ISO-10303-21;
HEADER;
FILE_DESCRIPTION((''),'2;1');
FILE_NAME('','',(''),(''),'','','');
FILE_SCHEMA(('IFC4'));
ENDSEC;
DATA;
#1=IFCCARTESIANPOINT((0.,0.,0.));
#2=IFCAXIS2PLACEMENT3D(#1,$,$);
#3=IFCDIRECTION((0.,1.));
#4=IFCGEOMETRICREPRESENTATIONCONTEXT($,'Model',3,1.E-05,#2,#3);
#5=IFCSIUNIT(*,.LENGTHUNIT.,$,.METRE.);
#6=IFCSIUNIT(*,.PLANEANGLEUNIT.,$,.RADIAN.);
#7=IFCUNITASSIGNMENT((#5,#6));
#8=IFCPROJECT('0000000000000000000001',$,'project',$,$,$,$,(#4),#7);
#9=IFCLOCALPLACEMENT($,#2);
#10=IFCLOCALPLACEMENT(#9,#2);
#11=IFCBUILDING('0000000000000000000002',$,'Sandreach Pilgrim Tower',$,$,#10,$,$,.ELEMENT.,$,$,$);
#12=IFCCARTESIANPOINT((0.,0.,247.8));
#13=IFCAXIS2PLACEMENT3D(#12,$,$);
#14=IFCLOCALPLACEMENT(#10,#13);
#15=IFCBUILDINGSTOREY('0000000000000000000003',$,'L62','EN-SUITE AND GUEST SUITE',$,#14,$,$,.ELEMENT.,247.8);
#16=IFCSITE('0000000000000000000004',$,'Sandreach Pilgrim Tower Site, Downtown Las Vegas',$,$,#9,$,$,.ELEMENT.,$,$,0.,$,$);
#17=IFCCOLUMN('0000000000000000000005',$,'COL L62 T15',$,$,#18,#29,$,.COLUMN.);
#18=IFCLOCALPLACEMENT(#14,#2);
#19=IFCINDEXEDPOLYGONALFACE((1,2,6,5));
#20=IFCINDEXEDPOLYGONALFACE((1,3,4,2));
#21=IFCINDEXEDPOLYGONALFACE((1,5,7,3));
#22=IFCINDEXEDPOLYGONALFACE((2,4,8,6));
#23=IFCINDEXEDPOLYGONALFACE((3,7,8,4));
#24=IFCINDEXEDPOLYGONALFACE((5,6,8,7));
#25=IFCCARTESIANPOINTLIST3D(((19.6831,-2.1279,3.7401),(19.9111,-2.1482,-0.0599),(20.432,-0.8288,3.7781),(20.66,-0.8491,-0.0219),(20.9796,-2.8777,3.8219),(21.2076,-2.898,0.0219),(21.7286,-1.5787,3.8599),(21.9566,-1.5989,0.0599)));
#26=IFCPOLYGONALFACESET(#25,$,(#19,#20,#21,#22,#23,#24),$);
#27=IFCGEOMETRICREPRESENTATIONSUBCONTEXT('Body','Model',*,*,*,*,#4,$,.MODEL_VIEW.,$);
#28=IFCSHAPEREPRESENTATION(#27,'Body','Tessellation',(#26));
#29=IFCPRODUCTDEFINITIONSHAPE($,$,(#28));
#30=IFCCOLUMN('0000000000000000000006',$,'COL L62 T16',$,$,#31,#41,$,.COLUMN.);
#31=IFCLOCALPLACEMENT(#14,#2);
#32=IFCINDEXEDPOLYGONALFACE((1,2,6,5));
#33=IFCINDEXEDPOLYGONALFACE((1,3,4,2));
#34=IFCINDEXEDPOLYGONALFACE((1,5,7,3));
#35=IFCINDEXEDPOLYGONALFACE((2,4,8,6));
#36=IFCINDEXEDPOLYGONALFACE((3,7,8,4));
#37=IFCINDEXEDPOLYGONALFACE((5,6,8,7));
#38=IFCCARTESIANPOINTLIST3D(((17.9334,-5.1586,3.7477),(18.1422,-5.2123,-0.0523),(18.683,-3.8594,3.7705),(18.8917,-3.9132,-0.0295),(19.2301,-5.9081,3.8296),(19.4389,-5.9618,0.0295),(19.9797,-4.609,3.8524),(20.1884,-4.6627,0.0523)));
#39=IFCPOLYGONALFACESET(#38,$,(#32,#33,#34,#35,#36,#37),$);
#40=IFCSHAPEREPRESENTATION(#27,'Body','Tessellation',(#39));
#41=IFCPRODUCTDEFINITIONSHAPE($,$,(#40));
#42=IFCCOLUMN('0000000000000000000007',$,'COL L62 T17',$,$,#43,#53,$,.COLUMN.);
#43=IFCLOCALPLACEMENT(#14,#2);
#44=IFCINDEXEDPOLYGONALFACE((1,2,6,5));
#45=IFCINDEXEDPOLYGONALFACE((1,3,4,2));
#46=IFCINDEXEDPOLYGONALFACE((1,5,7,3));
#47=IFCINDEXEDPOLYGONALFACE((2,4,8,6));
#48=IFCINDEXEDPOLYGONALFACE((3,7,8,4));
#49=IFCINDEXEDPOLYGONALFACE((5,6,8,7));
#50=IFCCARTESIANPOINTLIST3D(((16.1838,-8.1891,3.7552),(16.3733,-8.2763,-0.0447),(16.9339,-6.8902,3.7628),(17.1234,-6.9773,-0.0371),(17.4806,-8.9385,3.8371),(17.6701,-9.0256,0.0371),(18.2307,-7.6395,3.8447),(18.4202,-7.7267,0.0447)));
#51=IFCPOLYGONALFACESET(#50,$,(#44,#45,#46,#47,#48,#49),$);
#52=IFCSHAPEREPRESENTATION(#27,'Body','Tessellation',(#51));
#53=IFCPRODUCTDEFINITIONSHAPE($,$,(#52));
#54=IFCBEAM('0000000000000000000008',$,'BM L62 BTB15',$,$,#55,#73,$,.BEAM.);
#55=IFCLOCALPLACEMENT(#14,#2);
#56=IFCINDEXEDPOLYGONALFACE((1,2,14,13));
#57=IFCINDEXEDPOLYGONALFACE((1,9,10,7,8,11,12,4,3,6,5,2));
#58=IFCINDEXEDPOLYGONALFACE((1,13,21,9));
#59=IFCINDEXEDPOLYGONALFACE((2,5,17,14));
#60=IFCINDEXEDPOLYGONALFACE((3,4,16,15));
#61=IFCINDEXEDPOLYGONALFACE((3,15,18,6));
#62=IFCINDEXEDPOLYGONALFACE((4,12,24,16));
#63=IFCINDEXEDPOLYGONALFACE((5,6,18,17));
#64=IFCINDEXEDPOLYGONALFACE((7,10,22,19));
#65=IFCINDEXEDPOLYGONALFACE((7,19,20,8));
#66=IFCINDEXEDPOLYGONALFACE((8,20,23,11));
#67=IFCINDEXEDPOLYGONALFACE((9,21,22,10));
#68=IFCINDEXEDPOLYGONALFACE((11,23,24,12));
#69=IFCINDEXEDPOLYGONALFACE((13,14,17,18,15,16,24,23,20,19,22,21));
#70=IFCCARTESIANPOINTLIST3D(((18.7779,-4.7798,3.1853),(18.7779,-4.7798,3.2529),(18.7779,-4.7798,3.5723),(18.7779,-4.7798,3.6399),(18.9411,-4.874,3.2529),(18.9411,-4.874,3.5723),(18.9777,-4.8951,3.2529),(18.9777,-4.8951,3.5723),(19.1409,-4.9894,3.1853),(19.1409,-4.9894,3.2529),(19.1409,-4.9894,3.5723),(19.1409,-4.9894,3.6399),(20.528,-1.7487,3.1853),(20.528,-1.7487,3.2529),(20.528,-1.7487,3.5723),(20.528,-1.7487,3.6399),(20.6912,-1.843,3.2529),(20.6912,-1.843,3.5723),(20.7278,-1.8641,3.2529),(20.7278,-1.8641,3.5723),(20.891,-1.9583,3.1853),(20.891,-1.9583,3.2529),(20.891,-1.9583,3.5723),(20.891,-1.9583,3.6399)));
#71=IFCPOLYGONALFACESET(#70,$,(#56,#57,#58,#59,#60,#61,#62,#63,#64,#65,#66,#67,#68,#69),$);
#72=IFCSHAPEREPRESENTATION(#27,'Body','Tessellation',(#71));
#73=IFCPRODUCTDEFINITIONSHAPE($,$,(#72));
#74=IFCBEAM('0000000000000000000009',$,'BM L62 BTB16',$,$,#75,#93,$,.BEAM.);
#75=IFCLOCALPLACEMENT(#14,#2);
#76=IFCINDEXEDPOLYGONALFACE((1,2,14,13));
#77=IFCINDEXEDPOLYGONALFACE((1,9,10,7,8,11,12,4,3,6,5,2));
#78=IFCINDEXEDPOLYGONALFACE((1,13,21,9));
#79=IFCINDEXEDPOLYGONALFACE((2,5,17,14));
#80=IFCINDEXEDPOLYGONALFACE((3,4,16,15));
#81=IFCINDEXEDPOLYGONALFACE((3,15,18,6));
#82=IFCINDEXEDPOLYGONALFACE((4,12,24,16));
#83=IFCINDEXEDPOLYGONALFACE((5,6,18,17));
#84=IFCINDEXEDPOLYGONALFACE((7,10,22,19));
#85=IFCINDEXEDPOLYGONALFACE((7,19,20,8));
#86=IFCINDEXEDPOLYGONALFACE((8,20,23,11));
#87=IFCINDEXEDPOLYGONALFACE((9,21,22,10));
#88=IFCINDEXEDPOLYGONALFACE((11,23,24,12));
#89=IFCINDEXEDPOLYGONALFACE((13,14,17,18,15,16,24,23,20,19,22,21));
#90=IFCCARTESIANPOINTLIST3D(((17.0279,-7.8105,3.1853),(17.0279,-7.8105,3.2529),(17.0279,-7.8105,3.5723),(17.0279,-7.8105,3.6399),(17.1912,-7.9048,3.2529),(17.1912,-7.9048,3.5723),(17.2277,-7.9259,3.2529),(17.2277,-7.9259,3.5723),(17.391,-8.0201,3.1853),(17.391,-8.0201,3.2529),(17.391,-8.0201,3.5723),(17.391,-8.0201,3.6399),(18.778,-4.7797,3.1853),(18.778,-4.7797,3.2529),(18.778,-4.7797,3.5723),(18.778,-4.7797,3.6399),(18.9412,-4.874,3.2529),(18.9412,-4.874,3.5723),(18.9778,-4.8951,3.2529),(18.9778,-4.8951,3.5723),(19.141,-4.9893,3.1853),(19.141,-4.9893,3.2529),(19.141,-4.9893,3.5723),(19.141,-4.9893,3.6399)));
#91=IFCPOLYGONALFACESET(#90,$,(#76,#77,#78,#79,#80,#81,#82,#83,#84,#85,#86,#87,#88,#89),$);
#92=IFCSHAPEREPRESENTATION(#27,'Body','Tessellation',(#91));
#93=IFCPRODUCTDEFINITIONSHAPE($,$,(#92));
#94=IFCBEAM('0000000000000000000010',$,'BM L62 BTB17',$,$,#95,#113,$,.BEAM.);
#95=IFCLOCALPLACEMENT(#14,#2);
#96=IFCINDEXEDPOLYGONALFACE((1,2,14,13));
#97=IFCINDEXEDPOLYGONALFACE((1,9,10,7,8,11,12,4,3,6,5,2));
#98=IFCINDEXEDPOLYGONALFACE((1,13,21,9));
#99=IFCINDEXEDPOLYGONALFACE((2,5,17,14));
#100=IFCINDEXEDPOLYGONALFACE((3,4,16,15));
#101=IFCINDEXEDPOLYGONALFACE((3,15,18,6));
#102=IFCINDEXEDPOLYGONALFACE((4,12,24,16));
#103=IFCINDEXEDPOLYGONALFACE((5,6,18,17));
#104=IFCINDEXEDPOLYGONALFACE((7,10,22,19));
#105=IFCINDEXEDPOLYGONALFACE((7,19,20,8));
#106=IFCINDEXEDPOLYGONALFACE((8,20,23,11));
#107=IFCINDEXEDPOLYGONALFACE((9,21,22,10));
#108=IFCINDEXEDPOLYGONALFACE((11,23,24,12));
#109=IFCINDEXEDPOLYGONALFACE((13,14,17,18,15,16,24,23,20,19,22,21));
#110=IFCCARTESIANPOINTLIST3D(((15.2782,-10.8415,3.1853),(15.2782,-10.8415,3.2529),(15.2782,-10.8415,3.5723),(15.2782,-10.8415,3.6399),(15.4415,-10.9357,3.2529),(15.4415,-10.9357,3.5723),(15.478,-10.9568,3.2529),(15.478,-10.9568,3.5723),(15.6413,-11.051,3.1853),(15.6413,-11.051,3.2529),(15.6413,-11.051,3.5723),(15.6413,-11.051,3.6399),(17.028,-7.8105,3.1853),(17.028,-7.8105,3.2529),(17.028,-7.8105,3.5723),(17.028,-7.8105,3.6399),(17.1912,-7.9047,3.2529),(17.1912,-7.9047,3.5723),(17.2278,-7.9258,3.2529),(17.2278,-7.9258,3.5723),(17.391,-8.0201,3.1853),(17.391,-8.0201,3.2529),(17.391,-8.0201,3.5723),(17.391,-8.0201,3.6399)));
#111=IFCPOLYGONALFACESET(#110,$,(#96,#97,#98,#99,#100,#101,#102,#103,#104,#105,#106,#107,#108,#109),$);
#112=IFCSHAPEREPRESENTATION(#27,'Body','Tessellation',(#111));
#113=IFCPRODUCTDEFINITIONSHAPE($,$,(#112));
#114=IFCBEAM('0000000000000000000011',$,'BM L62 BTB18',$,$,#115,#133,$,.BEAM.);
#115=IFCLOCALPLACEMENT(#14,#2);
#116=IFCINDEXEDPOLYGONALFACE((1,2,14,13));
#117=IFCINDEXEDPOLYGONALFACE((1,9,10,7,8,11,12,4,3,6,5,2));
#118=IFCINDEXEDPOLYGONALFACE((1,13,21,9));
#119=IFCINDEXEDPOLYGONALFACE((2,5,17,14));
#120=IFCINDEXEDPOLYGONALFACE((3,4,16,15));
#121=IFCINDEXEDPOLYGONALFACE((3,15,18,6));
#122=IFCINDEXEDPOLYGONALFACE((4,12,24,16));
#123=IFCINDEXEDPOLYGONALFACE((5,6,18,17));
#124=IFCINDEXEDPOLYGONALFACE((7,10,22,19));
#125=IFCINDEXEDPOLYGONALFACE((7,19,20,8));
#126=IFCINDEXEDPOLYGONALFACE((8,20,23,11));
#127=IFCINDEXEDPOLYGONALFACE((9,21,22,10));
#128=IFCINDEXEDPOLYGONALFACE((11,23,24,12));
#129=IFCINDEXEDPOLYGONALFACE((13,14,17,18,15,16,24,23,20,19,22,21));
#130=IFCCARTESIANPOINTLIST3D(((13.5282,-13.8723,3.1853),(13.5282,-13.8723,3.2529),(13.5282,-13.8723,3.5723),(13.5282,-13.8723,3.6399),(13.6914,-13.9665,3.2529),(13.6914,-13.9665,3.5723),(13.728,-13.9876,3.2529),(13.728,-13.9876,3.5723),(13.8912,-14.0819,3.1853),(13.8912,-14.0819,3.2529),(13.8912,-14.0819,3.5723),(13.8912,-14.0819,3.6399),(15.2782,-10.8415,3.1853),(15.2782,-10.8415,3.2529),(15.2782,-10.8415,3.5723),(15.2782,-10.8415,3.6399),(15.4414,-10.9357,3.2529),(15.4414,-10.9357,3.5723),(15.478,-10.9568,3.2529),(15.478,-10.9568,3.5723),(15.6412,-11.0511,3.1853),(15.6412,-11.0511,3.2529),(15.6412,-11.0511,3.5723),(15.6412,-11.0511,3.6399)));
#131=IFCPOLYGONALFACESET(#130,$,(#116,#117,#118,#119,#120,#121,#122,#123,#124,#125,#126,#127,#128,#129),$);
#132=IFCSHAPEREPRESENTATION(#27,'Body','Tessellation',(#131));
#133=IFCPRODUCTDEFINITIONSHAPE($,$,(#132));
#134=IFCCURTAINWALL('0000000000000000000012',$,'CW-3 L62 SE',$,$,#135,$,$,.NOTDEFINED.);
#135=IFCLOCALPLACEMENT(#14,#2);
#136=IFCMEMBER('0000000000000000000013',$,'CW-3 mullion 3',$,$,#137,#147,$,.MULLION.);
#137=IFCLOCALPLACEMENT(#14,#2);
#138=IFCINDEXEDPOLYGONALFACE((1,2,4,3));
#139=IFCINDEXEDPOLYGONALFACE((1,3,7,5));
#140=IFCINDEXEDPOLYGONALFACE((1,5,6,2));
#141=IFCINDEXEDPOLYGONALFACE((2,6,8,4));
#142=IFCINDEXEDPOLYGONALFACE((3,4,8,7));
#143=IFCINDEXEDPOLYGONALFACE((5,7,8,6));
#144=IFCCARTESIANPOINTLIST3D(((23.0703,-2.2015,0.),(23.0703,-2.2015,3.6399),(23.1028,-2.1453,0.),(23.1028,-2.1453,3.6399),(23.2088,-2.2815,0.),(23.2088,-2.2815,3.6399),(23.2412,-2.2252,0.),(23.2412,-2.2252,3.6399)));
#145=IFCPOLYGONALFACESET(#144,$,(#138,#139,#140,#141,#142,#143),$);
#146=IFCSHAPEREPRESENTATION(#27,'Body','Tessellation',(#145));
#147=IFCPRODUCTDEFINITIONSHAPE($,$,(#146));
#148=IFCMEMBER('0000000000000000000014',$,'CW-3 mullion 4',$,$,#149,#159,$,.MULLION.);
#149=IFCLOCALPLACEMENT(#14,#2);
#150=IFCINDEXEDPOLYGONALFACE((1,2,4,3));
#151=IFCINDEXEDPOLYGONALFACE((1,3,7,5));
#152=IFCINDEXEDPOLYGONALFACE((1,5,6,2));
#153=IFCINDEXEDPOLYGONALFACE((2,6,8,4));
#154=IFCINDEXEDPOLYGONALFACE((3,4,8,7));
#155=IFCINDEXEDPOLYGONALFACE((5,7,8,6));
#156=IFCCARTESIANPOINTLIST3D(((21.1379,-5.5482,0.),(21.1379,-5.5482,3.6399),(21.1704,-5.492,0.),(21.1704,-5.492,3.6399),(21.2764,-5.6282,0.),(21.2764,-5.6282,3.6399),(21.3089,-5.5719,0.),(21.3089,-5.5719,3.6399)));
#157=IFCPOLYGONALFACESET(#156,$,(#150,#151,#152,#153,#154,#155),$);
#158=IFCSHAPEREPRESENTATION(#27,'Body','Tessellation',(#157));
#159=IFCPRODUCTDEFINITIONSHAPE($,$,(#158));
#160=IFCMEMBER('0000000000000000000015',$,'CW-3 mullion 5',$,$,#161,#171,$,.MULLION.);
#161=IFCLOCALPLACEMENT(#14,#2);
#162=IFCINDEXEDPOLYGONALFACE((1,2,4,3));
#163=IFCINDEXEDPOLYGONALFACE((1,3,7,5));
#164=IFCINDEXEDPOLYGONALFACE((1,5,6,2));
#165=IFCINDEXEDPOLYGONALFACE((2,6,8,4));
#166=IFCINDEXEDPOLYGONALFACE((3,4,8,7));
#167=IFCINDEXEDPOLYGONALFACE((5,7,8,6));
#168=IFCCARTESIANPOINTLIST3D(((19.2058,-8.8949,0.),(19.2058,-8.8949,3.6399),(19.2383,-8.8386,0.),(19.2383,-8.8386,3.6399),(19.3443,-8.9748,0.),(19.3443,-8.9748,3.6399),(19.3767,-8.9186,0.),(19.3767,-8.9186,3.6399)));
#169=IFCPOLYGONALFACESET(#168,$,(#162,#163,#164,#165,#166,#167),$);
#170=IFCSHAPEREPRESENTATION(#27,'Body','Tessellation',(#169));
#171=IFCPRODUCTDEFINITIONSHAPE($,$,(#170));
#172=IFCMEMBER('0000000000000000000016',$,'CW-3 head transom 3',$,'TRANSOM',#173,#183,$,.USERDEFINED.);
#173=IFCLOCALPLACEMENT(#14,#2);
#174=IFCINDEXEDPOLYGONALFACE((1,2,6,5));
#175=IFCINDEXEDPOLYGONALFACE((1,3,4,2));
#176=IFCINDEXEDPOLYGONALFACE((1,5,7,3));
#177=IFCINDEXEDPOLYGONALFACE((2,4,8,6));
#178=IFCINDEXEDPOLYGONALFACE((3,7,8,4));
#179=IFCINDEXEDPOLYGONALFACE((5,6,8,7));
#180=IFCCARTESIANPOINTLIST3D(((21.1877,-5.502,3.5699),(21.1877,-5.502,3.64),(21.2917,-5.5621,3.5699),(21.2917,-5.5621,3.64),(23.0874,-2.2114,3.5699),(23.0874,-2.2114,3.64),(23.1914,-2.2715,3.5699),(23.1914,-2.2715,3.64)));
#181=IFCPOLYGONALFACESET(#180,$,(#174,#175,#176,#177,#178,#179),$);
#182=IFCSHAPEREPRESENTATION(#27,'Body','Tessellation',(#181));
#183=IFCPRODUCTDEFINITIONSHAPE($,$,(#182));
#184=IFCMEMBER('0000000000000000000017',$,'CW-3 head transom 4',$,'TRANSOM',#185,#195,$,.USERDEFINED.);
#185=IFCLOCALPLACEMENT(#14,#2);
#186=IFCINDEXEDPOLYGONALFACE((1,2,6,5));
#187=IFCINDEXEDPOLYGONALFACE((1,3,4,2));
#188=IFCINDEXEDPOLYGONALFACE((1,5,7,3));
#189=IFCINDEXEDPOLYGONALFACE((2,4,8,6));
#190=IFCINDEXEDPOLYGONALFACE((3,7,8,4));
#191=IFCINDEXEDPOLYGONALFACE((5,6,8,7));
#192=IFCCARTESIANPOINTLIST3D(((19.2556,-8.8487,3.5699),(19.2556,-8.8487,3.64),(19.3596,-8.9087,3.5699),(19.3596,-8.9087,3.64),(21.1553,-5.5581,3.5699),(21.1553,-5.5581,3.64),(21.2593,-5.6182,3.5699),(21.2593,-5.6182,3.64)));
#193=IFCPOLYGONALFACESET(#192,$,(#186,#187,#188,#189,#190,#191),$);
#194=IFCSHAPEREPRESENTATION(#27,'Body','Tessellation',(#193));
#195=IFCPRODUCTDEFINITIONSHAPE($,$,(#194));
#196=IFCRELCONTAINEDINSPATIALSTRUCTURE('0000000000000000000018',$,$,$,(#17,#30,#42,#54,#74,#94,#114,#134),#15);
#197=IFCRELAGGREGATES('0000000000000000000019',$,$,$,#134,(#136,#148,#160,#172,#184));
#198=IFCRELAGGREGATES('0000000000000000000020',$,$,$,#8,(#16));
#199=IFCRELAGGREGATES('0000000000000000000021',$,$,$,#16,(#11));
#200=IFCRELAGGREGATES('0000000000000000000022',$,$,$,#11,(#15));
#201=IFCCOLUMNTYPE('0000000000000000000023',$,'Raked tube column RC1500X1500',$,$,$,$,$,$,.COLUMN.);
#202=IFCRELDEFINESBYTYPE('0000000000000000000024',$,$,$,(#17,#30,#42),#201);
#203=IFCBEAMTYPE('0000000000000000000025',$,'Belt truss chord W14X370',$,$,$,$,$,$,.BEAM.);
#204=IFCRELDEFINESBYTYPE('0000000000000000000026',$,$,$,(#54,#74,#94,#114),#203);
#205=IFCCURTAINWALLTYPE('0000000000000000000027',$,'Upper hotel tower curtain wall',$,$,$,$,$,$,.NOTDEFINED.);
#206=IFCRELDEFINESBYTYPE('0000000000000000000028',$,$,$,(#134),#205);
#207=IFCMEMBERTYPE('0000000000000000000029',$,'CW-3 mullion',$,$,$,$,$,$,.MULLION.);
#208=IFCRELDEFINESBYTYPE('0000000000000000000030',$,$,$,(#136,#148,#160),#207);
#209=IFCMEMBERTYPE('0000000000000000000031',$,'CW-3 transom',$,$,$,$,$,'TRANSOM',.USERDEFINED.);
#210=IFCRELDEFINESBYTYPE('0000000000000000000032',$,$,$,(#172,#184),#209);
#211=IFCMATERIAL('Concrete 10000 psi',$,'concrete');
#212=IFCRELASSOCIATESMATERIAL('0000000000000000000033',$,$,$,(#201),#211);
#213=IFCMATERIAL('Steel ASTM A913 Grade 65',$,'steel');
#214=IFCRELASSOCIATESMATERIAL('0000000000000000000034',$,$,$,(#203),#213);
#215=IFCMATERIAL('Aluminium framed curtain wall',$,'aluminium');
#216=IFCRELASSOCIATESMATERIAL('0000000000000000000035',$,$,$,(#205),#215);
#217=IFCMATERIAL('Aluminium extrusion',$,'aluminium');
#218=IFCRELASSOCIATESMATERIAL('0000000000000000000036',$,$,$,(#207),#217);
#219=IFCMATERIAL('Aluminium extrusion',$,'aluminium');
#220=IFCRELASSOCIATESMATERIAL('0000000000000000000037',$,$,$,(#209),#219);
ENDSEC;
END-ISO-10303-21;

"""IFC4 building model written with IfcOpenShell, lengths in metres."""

from ifc_helpers import new_model, si_unit, direction, frame, origin, origin_2d, place, context, subcontext, project, spatial, rectangle, i_section, extrude, material, material_profile, profile_set, type_object, element, aggregate, save


model = new_model("IFC4")

# Units and contexts
model_context = context("Model", 3, precision=1e-05, world=origin(), true_north=direction((0.0, 1.0)))
body_context = subcontext(model_context, "Body", "Model", "MODEL_VIEW")
ifc_project = project(units=[si_unit("LENGTHUNIT", "METRE"), si_unit("PLANEANGLEUNIT", "RADIAN")], contexts=[model_context])

# Site, building, storey
site_placement = place(None, origin())
site = spatial("IfcSite", under=ifc_project, at=site_placement, Name="Sandreach Pilgrim Tower Site, Downtown Las Vegas", CompositionType="ELEMENT", RefElevation=0.0)
building_placement = place(site_placement, origin())
building = spatial("IfcBuilding", under=site, at=building_placement, Name="Sandreach Pilgrim Tower", CompositionType="ELEMENT")
storey_placement = place(building_placement, frame((0.0, 0.0, 247.8)))
storey = spatial("IfcBuildingStorey", under=building, at=storey_placement, Name="L62", Description="EN-SUITE AND GUEST SUITE", CompositionType="ELEMENT", Elevation=247.8)

# Columns
ifc_material_1 = material(Name="Concrete 10000 psi", Category="concrete")
ifc_material_profile_1 = material_profile(ifc_material_1, rectangle(XDim=1.5, YDim=1.5, at=origin_2d()), Name="RC1500X1500")
ifc_profile_set_1 = profile_set([ifc_material_profile_1], Name="Concrete 10000 psi")
column_type = type_object("IfcColumnType", Name="Raked tube column RC1500X1500", PredefinedType="COLUMN", material=ifc_profile_set_1)
column_1_placement = place(storey_placement, frame((20.9338, -1.8735, 0.0), z_axis=(-0.059898, 0.005323, 0.99819), x_axis=(0.864361, -0.499907, 0.054533)))
element("IfcColumn", 1, at=column_1_placement, inside=storey, type_object=column_type, Name="COL L62 T15", PredefinedType="COLUMN", context=body_context, shape_type="SweptSolid", body=[
    extrude(rectangle(XDim=1.5, YDim=1.5, at=origin_2d()), origin(), (0.0, 0.0, 1.0), 3.8069),
])
column_2_placement = place(storey_placement, frame((19.1653, -4.9375, 0.0), z_axis=(-0.054843, 0.014112, 0.998395), x_axis=(0.864468, -0.499719, 0.054549)))
element("IfcColumn", 2, at=column_2_placement, inside=storey, type_object=column_type, Name="COL L62 T16", PredefinedType="COLUMN", context=body_context, shape_type="SweptSolid", body=[
    extrude(rectangle(XDim=1.5, YDim=1.5, at=origin_2d()), origin(), (0.0, 0.0, 1.0), 3.8062),
])
column_3_placement = place(storey_placement, frame((17.3967, -8.0015, 0.0), z_axis=(-0.049781, 0.022902, 0.998498), x_axis=(0.86455, -0.499575, 0.054561)))
element("IfcColumn", 3, at=column_3_placement, inside=storey, type_object=column_type, Name="COL L62 T17", PredefinedType="COLUMN", context=body_context, shape_type="SweptSolid", body=[
    extrude(rectangle(XDim=1.5, YDim=1.5, at=origin_2d()), origin(), (0.0, 0.0, 1.0), 3.8057),
])

# Beams
ifc_material_2 = material(Name="Steel ASTM A913 Grade 65", Category="steel")
ifc_material_profile_2 = material_profile(ifc_material_2, i_section(OverallWidth=0.4192, OverallDepth=0.4546, WebThickness=0.0422, FlangeThickness=0.0676, at=origin_2d()), Name="W14X370")
ifc_profile_set_2 = profile_set([ifc_material_profile_2], Name="Steel ASTM A913 Grade 65")
beam_type_1 = type_object("IfcBeamType", Name="Belt truss chord W14X370", PredefinedType="BEAM", material=ifc_profile_set_2)
beam_1_placement = place(storey_placement, frame((20.7095, -1.8535, 3.4126), z_axis=(-0.50001, -0.866019, 0.0), x_axis=(0.866019, -0.50001, 0.0)))
element("IfcBeam", 4, at=beam_1_placement, inside=storey, type_object=beam_type_1, Name="BM L62 BTB15", PredefinedType="BEAM", context=body_context, shape_type="SweptSolid", body=[
    extrude(i_section(OverallWidth=0.4192, OverallDepth=0.4546, WebThickness=0.0422, FlangeThickness=0.0676, at=origin_2d()), origin(), (0.0, 0.0, 1.0), 3.5),
])
for number, where, z_axis, x_axis, name in (
    (5, (18.9595, -4.8845, 3.4126), (-0.50004, -0.866002, 0.0), (0.866002, -0.50004, 0.0), "BM L62 BTB16"),
    (6, (17.2095, -7.9153, 3.4126), (-0.499958, -0.86605, 0.0), (0.86605, -0.499958, 0.0), "BM L62 BTB17"),
    (7, (15.4597, -10.9463, 3.4126), (-0.50004, -0.866002, 0.0), (0.866002, -0.50004, 0.0), "BM L62 BTB18"),
):
    element("IfcBeam", number, at=place(storey_placement, frame(where, z_axis=z_axis, x_axis=x_axis)), inside=storey, type_object=beam_type_1, Name=name, PredefinedType="BEAM", context=body_context, shape_type="SweptSolid", body=[
        extrude(i_section(OverallWidth=0.4192, OverallDepth=0.4546, WebThickness=0.0422, FlangeThickness=0.0676, at=origin_2d()), origin(), (0.0, 0.0, 1.0), 3.4998),
    ])

# Curtain wall, members
ifc_material_3 = material(Name="Aluminium framed curtain wall", Category="aluminium")
curtain_wall_type = type_object("IfcCurtainWallType", Name="Upper hotel tower curtain wall", PredefinedType="NOTDEFINED", material=ifc_material_3)
curtain_wall_placement = place(storey_placement, origin())
curtain_wall = element("IfcCurtainWall", 8, at=curtain_wall_placement, inside=storey, type_object=curtain_wall_type, Name="CW-3 L62 SE", PredefinedType="NOTDEFINED")
ifc_material_4 = material(Name="Aluminium extrusion", Category="aluminium")
ifc_material_profile_3 = material_profile(ifc_material_4, rectangle(XDim=0.0649, YDim=0.1599, at=origin_2d()), Name="CW-3M 65X160")
ifc_profile_set_3 = profile_set([ifc_material_profile_3], Name="Aluminium extrusion")
member_type_1 = type_object("IfcMemberType", Name="CW-3 mullion", PredefinedType="MULLION", material=ifc_profile_set_3)
member_1_placement = place(storey_placement, frame((23.1558, -2.2134, 0.0), z_axis=(0.0, 0.0, 1.0), x_axis=(-0.5, -0.866025, 0.0)))
member_1 = element("IfcMember", 9, at=member_1_placement, type_object=member_type_1, Name="CW-3 mullion 3", PredefinedType="MULLION", context=body_context, shape_type="SweptSolid", body=[
    extrude(rectangle(XDim=0.0649, YDim=0.1599, at=origin_2d()), origin(), (0.0, 0.0, 1.0), 3.6399),
])
member_2_placement = place(storey_placement, frame((21.2234, -5.5601, 0.0), z_axis=(0.0, 0.0, 1.0), x_axis=(-0.5, -0.866025, 0.0)))
member_2 = element("IfcMember", 10, at=member_2_placement, type_object=member_type_1, Name="CW-3 mullion 4", PredefinedType="MULLION", context=body_context, shape_type="SweptSolid", body=[
    extrude(rectangle(XDim=0.0649, YDim=0.1599, at=origin_2d()), origin(), (0.0, 0.0, 1.0), 3.6399),
])
member_3_placement = place(storey_placement, frame((19.2913, -8.9067, 0.0), z_axis=(0.0, 0.0, 1.0), x_axis=(-0.5, -0.866025, 0.0)))
member_3 = element("IfcMember", 11, at=member_3_placement, type_object=member_type_1, Name="CW-3 mullion 5", PredefinedType="MULLION", context=body_context, shape_type="SweptSolid", body=[
    extrude(rectangle(XDim=0.0649, YDim=0.1599, at=origin_2d()), origin(), (0.0, 0.0, 1.0), 3.6399),
])
ifc_material_5 = material(Name="Aluminium extrusion", Category="aluminium")
ifc_material_profile_4 = material_profile(ifc_material_5, rectangle(XDim=0.1201, YDim=0.0701, at=origin_2d()), Name="CW-3T 120X70")
ifc_profile_set_4 = profile_set([ifc_material_profile_4], Name="Aluminium extrusion")
member_type_2 = type_object("IfcMemberType", Name="CW-3 transom", ElementType="TRANSOM", PredefinedType="USERDEFINED", material=ifc_profile_set_4)
member_4_placement = place(storey_placement, frame((23.1394, -2.2415, 3.605), z_axis=(-0.499975, -0.86604, 0.0), x_axis=(0.86604, -0.499975, 0.0)))
member_4 = element("IfcMember", 12, at=member_4_placement, type_object=member_type_2, Name="CW-3 head transom 3", ObjectType="TRANSOM", PredefinedType="USERDEFINED", context=body_context, shape_type="SweptSolid", body=[
    extrude(rectangle(XDim=0.1201, YDim=0.0701, at=origin_2d()), origin(), (0.0, 0.0, 1.0), 3.7996),
])
member_5_placement = place(storey_placement, frame((21.2073, -5.5881, 3.605), z_axis=(-0.499975, -0.86604, 0.0), x_axis=(0.86604, -0.499975, 0.0)))
member_5 = element("IfcMember", 13, at=member_5_placement, type_object=member_type_2, Name="CW-3 head transom 4", ObjectType="TRANSOM", PredefinedType="USERDEFINED", context=body_context, shape_type="SweptSolid", body=[
    extrude(rectangle(XDim=0.1201, YDim=0.0701, at=origin_2d()), origin(), (0.0, 0.0, 1.0), 3.7996),
])

aggregate(curtain_wall, [member_1, member_2, member_3, member_4, member_5])

save(model, "model.ifc")
